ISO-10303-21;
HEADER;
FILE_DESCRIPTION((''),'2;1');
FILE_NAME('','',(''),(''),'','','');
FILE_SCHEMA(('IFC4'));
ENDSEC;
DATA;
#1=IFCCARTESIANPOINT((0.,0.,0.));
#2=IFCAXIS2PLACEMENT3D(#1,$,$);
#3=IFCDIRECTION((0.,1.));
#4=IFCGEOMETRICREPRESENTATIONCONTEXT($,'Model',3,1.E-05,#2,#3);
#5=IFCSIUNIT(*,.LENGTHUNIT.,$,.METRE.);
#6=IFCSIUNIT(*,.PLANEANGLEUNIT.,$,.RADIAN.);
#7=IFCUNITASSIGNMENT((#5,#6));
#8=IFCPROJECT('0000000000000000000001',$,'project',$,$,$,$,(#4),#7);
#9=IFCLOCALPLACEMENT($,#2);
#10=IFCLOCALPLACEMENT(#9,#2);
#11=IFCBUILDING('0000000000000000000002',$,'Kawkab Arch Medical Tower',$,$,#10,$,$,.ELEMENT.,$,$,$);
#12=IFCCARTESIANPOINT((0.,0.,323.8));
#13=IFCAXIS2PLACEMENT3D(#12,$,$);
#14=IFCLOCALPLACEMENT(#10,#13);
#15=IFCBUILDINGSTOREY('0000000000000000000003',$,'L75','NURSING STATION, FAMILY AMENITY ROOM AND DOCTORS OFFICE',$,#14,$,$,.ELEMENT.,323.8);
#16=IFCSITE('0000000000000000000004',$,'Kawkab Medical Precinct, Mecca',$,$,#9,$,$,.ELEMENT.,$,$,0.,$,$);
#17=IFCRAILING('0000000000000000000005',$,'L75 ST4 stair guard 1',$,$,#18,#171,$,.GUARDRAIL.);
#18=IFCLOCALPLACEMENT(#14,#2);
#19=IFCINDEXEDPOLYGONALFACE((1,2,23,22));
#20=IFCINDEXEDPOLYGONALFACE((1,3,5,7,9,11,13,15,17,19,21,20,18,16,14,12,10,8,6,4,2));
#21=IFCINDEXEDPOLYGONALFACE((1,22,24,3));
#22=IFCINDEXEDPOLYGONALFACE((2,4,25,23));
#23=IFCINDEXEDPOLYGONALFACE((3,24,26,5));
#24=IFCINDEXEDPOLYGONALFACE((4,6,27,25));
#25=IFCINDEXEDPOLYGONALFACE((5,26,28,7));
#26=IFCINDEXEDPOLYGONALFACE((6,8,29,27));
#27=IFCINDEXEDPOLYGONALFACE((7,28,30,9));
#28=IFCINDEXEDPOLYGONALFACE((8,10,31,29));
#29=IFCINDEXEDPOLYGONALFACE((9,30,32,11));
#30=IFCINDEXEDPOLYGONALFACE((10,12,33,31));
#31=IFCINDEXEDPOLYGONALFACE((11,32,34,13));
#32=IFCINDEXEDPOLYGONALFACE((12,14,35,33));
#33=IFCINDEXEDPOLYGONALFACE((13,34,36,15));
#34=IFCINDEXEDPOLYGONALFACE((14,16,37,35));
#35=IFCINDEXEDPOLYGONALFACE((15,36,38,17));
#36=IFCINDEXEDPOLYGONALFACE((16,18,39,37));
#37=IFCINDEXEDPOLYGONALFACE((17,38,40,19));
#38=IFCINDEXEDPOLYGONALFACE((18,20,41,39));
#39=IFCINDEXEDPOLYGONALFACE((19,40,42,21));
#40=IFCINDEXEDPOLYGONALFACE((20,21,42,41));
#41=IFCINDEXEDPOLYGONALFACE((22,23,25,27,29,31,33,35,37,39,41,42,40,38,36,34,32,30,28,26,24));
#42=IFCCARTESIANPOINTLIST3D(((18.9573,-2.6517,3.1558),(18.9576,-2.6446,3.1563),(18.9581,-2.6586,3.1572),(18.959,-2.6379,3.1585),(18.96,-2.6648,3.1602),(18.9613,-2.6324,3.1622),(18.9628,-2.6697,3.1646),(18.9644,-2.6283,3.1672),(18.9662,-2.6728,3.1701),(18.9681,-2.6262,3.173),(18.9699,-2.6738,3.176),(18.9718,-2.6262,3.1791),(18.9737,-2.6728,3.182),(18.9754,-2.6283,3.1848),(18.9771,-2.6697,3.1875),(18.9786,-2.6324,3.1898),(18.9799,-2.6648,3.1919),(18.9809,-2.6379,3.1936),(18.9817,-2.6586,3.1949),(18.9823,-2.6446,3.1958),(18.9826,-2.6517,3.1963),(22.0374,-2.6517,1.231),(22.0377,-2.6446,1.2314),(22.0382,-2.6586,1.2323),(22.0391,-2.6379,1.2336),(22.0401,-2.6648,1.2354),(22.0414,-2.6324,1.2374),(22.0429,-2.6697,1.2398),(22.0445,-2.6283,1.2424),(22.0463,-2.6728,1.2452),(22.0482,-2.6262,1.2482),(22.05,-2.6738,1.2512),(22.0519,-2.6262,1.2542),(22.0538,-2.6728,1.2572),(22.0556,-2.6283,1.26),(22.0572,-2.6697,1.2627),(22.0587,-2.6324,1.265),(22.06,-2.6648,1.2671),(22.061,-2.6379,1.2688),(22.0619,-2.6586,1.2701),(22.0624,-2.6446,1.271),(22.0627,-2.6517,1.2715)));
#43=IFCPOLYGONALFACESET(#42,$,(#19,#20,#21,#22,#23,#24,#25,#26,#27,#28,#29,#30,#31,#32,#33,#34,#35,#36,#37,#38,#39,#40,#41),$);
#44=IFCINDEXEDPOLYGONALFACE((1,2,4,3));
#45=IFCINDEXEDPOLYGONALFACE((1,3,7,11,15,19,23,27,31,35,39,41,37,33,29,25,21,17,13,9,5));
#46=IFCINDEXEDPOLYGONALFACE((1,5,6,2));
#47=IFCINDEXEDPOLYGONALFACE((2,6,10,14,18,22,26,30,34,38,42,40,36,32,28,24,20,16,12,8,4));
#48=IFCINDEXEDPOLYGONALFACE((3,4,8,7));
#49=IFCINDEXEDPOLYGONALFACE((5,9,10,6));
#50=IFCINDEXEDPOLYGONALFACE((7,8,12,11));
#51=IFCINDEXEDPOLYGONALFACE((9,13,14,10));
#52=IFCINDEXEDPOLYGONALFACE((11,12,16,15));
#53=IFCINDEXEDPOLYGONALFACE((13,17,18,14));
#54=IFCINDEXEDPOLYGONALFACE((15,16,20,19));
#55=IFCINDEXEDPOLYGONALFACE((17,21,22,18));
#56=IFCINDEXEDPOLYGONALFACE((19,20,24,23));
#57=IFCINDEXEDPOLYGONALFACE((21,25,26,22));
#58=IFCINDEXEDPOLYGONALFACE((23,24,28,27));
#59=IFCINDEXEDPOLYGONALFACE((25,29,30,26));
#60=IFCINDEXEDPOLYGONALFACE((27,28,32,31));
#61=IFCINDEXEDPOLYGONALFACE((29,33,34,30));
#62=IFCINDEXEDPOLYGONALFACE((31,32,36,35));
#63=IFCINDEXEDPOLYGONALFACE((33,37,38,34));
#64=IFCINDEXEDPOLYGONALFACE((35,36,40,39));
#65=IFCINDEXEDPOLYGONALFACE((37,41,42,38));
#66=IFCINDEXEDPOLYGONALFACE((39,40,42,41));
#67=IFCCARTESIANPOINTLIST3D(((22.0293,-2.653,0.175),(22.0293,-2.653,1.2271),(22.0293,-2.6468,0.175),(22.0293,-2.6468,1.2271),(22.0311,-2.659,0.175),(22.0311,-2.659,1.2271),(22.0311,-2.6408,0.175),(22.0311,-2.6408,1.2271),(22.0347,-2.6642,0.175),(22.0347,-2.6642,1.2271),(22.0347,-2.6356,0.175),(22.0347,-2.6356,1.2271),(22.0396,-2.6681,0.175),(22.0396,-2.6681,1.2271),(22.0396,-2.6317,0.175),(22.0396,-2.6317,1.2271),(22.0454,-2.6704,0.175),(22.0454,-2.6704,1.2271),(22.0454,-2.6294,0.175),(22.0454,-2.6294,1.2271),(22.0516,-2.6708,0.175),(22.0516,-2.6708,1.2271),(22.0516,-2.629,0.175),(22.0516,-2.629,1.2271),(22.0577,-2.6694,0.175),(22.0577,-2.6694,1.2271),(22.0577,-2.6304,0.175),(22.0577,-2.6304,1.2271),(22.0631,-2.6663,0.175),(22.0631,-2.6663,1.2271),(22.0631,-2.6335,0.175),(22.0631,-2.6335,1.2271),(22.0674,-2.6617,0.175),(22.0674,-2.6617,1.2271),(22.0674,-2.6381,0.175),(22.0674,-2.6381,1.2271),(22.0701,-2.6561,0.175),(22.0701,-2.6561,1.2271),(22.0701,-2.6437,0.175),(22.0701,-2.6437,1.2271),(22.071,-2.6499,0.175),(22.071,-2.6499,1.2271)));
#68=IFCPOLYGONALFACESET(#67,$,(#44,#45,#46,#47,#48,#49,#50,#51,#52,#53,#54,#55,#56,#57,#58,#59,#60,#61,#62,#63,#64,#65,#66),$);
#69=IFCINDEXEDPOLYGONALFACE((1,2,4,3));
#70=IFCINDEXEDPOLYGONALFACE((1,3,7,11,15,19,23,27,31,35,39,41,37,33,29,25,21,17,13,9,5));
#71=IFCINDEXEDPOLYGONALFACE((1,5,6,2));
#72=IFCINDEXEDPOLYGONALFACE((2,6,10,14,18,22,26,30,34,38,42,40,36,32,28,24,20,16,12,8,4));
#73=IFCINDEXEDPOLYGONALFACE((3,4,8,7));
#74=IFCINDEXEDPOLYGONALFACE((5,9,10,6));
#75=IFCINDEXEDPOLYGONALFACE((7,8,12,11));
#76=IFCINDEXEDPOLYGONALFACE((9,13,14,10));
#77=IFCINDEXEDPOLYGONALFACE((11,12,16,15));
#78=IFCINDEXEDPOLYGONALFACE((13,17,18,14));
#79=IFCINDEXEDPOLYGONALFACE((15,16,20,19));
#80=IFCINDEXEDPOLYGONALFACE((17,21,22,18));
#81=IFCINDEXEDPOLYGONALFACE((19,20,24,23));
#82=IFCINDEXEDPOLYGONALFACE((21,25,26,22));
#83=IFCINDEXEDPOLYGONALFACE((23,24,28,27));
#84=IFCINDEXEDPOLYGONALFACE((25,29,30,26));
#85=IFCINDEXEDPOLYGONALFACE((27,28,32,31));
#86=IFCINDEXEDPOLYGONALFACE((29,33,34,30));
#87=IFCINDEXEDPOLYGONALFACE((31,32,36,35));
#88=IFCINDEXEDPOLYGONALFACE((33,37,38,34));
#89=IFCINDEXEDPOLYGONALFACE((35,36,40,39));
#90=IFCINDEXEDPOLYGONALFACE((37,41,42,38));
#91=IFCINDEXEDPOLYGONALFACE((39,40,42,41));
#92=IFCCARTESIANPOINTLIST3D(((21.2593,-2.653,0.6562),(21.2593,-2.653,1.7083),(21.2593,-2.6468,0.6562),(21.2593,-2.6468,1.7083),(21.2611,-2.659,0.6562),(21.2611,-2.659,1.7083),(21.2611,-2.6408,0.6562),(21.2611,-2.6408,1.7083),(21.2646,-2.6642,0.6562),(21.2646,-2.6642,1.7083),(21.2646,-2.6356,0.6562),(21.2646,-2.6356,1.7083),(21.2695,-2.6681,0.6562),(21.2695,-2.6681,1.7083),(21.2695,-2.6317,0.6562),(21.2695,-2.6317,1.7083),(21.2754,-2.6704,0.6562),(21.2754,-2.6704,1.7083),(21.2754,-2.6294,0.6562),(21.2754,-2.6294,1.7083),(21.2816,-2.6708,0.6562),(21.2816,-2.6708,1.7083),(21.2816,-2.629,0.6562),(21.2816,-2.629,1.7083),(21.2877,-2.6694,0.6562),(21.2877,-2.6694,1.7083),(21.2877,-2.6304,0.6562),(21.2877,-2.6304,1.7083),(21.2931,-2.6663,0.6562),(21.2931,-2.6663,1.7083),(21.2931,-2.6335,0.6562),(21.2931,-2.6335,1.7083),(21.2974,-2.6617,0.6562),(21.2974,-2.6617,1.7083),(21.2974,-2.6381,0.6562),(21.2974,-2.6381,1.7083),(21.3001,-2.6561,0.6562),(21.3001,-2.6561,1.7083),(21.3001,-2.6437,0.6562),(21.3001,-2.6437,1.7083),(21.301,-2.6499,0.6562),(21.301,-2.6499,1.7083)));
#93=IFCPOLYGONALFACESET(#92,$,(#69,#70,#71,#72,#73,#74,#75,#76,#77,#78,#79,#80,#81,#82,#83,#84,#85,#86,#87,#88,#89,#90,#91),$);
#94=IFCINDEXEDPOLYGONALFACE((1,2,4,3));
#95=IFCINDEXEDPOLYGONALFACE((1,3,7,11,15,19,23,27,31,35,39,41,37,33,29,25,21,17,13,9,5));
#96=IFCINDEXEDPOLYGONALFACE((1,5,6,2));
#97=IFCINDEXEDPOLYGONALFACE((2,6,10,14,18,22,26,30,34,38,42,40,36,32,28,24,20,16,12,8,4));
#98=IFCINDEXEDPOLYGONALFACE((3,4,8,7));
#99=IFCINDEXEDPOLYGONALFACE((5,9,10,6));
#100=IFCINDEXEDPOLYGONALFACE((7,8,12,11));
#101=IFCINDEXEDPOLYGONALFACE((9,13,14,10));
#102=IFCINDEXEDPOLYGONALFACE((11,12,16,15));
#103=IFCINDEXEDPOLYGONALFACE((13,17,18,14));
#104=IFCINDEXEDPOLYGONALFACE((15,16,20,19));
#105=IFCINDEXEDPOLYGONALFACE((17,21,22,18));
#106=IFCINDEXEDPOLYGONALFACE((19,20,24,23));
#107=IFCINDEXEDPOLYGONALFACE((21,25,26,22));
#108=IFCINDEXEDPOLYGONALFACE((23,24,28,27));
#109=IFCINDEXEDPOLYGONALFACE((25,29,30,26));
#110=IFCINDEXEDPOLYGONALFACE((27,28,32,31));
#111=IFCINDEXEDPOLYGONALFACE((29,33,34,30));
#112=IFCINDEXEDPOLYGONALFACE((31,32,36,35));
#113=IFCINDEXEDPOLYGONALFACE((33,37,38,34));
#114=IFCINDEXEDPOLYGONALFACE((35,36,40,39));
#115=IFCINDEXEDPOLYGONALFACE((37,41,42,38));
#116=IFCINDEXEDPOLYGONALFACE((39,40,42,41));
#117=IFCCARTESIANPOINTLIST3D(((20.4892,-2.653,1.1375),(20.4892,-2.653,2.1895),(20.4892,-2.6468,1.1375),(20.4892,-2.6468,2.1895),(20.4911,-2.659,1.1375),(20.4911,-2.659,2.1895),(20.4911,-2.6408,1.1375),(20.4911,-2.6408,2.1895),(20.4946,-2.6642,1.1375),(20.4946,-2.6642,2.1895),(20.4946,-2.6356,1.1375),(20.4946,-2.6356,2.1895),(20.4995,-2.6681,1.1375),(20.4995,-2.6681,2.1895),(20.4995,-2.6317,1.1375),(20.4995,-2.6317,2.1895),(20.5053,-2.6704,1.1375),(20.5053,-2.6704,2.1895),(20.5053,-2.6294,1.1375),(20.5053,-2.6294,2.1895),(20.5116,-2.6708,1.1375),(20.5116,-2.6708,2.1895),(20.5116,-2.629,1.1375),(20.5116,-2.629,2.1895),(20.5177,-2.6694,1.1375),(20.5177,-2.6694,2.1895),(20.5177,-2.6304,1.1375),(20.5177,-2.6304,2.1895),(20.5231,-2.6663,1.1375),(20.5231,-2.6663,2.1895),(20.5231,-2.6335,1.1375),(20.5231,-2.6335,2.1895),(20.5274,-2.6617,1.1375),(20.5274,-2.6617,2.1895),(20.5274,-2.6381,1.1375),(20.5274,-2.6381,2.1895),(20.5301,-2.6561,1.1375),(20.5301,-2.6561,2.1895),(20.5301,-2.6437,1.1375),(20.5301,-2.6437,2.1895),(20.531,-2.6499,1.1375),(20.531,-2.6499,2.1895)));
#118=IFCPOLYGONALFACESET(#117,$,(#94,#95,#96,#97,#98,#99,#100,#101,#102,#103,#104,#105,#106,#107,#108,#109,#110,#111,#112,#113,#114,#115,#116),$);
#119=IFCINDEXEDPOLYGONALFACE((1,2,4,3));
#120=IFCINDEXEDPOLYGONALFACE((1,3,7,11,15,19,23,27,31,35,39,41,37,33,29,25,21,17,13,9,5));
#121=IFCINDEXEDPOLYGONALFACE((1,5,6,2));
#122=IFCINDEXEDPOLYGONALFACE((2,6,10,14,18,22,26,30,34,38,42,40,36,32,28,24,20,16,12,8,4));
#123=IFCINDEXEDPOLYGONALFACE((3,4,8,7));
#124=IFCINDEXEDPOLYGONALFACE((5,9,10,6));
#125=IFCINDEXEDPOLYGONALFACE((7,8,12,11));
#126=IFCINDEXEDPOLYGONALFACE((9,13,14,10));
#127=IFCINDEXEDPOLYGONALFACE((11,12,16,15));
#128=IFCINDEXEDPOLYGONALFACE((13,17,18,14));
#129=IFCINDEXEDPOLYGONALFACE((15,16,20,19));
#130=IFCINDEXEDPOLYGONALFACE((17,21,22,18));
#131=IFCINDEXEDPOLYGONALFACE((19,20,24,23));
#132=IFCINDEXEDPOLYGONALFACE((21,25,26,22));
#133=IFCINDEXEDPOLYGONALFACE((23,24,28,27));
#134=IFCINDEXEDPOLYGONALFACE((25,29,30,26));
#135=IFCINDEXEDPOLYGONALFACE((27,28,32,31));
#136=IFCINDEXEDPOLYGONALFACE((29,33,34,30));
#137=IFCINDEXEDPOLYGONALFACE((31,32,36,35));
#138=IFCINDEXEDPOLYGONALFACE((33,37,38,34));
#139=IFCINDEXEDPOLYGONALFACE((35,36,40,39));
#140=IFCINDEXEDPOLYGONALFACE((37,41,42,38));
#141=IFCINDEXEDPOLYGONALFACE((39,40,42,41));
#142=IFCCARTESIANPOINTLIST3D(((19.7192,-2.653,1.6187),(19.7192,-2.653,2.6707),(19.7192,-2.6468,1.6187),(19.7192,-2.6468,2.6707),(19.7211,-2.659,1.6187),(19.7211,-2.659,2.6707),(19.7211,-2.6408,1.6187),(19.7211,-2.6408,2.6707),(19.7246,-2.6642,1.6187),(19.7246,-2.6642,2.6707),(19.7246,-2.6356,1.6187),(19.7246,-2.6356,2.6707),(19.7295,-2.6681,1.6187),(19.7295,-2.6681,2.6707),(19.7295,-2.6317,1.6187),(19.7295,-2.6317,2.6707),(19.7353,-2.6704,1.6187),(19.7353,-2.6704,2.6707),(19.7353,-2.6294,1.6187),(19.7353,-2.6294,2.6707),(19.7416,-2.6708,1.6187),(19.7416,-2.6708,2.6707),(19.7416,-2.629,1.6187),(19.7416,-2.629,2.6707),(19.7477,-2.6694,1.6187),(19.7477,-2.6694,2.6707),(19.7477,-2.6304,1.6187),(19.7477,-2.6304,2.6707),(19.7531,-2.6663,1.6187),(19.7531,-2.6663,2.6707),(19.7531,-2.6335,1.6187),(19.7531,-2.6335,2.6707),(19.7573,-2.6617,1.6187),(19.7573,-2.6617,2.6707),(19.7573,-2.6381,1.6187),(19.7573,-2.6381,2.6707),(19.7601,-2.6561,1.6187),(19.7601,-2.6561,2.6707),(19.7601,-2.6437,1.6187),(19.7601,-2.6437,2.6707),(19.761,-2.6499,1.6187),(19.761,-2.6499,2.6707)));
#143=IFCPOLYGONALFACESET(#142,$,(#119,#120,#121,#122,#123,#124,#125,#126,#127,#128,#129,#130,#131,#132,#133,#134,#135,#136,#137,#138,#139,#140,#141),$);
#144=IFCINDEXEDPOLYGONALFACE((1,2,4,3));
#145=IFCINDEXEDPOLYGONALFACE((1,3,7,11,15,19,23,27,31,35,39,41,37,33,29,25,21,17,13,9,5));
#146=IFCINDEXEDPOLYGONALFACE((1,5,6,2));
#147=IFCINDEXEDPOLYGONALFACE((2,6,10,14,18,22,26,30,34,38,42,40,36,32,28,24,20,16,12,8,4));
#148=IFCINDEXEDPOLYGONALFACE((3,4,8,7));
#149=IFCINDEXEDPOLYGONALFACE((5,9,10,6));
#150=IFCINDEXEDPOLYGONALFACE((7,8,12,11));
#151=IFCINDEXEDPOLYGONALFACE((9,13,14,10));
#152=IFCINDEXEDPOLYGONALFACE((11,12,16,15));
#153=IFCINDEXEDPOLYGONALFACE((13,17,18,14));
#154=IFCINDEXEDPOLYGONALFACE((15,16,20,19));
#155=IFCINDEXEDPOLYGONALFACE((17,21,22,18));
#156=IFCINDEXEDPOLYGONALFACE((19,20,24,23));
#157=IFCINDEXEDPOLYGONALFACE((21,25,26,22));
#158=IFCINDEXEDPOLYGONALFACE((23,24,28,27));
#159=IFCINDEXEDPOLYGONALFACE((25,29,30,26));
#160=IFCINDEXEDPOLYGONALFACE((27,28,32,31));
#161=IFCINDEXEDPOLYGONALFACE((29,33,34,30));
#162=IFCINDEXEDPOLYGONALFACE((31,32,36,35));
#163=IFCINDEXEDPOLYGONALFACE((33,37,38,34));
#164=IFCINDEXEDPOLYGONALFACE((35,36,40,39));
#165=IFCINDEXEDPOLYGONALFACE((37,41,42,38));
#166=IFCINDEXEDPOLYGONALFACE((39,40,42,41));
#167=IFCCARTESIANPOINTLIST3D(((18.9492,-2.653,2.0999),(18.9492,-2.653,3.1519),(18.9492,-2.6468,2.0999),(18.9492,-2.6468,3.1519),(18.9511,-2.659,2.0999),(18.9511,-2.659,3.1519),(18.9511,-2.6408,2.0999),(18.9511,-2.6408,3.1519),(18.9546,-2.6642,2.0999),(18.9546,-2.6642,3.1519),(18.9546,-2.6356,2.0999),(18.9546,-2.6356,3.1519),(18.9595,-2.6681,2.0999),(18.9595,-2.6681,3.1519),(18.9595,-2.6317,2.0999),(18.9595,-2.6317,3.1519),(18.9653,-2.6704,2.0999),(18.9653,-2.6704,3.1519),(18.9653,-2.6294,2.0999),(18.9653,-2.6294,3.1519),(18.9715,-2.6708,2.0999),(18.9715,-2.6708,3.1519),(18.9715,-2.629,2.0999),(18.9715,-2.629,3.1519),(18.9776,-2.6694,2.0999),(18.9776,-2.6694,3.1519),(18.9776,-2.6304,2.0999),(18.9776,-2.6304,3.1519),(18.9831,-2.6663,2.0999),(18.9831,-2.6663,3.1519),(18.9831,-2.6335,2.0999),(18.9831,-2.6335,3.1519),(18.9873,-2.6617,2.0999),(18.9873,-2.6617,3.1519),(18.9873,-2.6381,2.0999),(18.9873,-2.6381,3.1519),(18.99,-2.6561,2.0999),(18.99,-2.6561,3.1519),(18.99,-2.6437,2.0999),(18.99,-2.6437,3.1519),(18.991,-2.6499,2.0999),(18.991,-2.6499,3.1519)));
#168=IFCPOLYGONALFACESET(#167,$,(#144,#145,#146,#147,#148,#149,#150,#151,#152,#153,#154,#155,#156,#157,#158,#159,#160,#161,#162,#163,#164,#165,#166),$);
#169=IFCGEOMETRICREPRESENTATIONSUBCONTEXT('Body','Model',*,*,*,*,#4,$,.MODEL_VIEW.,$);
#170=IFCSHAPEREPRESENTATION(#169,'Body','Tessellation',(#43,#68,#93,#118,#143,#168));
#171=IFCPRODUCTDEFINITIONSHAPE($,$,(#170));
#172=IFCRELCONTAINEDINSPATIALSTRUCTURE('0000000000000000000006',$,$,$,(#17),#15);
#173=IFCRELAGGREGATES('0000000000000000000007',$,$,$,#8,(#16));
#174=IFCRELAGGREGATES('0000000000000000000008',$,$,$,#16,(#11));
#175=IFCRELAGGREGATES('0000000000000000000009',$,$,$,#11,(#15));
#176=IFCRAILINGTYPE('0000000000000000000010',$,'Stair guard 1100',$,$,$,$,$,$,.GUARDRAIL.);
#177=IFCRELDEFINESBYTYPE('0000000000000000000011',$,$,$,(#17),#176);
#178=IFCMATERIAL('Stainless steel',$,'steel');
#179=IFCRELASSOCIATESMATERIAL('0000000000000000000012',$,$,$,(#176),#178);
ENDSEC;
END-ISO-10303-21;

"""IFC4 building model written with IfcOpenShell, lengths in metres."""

from ifc_helpers import new_model, si_unit, direction, frame, origin, origin_2d, place, context, subcontext, project, spatial, circle, extrude, material, type_object, element, save


model = new_model("IFC4")

# Units and contexts
model_context = context("Model", 3, precision=1e-05, world=origin(), true_north=direction((0.0, 1.0)))
body_context = subcontext(model_context, "Body", "Model", "MODEL_VIEW")
ifc_project = project(units=[si_unit("LENGTHUNIT", "METRE"), si_unit("PLANEANGLEUNIT", "RADIAN")], contexts=[model_context])

# Site, building, storey
site_placement = place(None, origin())
site = spatial("IfcSite", under=ifc_project, at=site_placement, Name="Kawkab Medical Precinct, Mecca", CompositionType="ELEMENT", RefElevation=0.0)
building_placement = place(site_placement, origin())
building = spatial("IfcBuilding", under=site, at=building_placement, Name="Kawkab Arch Medical Tower", CompositionType="ELEMENT")
storey_placement = place(building_placement, frame((0.0, 0.0, 323.8)))
storey = spatial("IfcBuildingStorey", under=building, at=storey_placement, Name="L75", Description="NURSING STATION, FAMILY AMENITY ROOM AND DOCTORS OFFICE", CompositionType="ELEMENT", Elevation=323.8)

# Railing
ifc_material_1 = material(Name="Stainless steel", Category="steel")
railing_type_1 = type_object("IfcRailingType", Name="Stair guard 1100", PredefinedType="GUARDRAIL", material=ifc_material_1)
railing_1_placement = place(storey_placement, frame((22.05, -2.6499, 0.175)))
element("IfcRailing", 1, at=railing_1_placement, inside=storey, type_object=railing_type_1, Name="L75 ST4 stair guard 1", PredefinedType="GUARDRAIL", context=body_context, shape_type="SweptSolid", body=[
    extrude(circle(Radius=0.0239, at=origin_2d()), frame((0.0, 0.0, 1.0762), z_axis=(-0.848029, 0.0, 0.529951), x_axis=(0.0, -1.0, 0.0)), (0.0, 0.0, 1.0), 3.6321),
    extrude(circle(Radius=0.021, at=origin_2d()), origin(), (0.0, 0.0, 1.0), 1.052),
    extrude(circle(Radius=0.021, at=origin_2d()), frame((-0.77, 0.0, 0.4812)), (0.0, 0.0, 1.0), 1.052),
    extrude(circle(Radius=0.021, at=origin_2d()), frame((-1.54, 0.0, 0.9624)), (0.0, 0.0, 1.0), 1.052),
    extrude(circle(Radius=0.021, at=origin_2d()), frame((-2.3101, 0.0, 1.4436)), (0.0, 0.0, 1.0), 1.052),
    extrude(circle(Radius=0.021, at=origin_2d()), frame((-3.0801, 0.0, 1.9248)), (0.0, 0.0, 1.0), 1.052),
])

save(model, "model.ifc")
